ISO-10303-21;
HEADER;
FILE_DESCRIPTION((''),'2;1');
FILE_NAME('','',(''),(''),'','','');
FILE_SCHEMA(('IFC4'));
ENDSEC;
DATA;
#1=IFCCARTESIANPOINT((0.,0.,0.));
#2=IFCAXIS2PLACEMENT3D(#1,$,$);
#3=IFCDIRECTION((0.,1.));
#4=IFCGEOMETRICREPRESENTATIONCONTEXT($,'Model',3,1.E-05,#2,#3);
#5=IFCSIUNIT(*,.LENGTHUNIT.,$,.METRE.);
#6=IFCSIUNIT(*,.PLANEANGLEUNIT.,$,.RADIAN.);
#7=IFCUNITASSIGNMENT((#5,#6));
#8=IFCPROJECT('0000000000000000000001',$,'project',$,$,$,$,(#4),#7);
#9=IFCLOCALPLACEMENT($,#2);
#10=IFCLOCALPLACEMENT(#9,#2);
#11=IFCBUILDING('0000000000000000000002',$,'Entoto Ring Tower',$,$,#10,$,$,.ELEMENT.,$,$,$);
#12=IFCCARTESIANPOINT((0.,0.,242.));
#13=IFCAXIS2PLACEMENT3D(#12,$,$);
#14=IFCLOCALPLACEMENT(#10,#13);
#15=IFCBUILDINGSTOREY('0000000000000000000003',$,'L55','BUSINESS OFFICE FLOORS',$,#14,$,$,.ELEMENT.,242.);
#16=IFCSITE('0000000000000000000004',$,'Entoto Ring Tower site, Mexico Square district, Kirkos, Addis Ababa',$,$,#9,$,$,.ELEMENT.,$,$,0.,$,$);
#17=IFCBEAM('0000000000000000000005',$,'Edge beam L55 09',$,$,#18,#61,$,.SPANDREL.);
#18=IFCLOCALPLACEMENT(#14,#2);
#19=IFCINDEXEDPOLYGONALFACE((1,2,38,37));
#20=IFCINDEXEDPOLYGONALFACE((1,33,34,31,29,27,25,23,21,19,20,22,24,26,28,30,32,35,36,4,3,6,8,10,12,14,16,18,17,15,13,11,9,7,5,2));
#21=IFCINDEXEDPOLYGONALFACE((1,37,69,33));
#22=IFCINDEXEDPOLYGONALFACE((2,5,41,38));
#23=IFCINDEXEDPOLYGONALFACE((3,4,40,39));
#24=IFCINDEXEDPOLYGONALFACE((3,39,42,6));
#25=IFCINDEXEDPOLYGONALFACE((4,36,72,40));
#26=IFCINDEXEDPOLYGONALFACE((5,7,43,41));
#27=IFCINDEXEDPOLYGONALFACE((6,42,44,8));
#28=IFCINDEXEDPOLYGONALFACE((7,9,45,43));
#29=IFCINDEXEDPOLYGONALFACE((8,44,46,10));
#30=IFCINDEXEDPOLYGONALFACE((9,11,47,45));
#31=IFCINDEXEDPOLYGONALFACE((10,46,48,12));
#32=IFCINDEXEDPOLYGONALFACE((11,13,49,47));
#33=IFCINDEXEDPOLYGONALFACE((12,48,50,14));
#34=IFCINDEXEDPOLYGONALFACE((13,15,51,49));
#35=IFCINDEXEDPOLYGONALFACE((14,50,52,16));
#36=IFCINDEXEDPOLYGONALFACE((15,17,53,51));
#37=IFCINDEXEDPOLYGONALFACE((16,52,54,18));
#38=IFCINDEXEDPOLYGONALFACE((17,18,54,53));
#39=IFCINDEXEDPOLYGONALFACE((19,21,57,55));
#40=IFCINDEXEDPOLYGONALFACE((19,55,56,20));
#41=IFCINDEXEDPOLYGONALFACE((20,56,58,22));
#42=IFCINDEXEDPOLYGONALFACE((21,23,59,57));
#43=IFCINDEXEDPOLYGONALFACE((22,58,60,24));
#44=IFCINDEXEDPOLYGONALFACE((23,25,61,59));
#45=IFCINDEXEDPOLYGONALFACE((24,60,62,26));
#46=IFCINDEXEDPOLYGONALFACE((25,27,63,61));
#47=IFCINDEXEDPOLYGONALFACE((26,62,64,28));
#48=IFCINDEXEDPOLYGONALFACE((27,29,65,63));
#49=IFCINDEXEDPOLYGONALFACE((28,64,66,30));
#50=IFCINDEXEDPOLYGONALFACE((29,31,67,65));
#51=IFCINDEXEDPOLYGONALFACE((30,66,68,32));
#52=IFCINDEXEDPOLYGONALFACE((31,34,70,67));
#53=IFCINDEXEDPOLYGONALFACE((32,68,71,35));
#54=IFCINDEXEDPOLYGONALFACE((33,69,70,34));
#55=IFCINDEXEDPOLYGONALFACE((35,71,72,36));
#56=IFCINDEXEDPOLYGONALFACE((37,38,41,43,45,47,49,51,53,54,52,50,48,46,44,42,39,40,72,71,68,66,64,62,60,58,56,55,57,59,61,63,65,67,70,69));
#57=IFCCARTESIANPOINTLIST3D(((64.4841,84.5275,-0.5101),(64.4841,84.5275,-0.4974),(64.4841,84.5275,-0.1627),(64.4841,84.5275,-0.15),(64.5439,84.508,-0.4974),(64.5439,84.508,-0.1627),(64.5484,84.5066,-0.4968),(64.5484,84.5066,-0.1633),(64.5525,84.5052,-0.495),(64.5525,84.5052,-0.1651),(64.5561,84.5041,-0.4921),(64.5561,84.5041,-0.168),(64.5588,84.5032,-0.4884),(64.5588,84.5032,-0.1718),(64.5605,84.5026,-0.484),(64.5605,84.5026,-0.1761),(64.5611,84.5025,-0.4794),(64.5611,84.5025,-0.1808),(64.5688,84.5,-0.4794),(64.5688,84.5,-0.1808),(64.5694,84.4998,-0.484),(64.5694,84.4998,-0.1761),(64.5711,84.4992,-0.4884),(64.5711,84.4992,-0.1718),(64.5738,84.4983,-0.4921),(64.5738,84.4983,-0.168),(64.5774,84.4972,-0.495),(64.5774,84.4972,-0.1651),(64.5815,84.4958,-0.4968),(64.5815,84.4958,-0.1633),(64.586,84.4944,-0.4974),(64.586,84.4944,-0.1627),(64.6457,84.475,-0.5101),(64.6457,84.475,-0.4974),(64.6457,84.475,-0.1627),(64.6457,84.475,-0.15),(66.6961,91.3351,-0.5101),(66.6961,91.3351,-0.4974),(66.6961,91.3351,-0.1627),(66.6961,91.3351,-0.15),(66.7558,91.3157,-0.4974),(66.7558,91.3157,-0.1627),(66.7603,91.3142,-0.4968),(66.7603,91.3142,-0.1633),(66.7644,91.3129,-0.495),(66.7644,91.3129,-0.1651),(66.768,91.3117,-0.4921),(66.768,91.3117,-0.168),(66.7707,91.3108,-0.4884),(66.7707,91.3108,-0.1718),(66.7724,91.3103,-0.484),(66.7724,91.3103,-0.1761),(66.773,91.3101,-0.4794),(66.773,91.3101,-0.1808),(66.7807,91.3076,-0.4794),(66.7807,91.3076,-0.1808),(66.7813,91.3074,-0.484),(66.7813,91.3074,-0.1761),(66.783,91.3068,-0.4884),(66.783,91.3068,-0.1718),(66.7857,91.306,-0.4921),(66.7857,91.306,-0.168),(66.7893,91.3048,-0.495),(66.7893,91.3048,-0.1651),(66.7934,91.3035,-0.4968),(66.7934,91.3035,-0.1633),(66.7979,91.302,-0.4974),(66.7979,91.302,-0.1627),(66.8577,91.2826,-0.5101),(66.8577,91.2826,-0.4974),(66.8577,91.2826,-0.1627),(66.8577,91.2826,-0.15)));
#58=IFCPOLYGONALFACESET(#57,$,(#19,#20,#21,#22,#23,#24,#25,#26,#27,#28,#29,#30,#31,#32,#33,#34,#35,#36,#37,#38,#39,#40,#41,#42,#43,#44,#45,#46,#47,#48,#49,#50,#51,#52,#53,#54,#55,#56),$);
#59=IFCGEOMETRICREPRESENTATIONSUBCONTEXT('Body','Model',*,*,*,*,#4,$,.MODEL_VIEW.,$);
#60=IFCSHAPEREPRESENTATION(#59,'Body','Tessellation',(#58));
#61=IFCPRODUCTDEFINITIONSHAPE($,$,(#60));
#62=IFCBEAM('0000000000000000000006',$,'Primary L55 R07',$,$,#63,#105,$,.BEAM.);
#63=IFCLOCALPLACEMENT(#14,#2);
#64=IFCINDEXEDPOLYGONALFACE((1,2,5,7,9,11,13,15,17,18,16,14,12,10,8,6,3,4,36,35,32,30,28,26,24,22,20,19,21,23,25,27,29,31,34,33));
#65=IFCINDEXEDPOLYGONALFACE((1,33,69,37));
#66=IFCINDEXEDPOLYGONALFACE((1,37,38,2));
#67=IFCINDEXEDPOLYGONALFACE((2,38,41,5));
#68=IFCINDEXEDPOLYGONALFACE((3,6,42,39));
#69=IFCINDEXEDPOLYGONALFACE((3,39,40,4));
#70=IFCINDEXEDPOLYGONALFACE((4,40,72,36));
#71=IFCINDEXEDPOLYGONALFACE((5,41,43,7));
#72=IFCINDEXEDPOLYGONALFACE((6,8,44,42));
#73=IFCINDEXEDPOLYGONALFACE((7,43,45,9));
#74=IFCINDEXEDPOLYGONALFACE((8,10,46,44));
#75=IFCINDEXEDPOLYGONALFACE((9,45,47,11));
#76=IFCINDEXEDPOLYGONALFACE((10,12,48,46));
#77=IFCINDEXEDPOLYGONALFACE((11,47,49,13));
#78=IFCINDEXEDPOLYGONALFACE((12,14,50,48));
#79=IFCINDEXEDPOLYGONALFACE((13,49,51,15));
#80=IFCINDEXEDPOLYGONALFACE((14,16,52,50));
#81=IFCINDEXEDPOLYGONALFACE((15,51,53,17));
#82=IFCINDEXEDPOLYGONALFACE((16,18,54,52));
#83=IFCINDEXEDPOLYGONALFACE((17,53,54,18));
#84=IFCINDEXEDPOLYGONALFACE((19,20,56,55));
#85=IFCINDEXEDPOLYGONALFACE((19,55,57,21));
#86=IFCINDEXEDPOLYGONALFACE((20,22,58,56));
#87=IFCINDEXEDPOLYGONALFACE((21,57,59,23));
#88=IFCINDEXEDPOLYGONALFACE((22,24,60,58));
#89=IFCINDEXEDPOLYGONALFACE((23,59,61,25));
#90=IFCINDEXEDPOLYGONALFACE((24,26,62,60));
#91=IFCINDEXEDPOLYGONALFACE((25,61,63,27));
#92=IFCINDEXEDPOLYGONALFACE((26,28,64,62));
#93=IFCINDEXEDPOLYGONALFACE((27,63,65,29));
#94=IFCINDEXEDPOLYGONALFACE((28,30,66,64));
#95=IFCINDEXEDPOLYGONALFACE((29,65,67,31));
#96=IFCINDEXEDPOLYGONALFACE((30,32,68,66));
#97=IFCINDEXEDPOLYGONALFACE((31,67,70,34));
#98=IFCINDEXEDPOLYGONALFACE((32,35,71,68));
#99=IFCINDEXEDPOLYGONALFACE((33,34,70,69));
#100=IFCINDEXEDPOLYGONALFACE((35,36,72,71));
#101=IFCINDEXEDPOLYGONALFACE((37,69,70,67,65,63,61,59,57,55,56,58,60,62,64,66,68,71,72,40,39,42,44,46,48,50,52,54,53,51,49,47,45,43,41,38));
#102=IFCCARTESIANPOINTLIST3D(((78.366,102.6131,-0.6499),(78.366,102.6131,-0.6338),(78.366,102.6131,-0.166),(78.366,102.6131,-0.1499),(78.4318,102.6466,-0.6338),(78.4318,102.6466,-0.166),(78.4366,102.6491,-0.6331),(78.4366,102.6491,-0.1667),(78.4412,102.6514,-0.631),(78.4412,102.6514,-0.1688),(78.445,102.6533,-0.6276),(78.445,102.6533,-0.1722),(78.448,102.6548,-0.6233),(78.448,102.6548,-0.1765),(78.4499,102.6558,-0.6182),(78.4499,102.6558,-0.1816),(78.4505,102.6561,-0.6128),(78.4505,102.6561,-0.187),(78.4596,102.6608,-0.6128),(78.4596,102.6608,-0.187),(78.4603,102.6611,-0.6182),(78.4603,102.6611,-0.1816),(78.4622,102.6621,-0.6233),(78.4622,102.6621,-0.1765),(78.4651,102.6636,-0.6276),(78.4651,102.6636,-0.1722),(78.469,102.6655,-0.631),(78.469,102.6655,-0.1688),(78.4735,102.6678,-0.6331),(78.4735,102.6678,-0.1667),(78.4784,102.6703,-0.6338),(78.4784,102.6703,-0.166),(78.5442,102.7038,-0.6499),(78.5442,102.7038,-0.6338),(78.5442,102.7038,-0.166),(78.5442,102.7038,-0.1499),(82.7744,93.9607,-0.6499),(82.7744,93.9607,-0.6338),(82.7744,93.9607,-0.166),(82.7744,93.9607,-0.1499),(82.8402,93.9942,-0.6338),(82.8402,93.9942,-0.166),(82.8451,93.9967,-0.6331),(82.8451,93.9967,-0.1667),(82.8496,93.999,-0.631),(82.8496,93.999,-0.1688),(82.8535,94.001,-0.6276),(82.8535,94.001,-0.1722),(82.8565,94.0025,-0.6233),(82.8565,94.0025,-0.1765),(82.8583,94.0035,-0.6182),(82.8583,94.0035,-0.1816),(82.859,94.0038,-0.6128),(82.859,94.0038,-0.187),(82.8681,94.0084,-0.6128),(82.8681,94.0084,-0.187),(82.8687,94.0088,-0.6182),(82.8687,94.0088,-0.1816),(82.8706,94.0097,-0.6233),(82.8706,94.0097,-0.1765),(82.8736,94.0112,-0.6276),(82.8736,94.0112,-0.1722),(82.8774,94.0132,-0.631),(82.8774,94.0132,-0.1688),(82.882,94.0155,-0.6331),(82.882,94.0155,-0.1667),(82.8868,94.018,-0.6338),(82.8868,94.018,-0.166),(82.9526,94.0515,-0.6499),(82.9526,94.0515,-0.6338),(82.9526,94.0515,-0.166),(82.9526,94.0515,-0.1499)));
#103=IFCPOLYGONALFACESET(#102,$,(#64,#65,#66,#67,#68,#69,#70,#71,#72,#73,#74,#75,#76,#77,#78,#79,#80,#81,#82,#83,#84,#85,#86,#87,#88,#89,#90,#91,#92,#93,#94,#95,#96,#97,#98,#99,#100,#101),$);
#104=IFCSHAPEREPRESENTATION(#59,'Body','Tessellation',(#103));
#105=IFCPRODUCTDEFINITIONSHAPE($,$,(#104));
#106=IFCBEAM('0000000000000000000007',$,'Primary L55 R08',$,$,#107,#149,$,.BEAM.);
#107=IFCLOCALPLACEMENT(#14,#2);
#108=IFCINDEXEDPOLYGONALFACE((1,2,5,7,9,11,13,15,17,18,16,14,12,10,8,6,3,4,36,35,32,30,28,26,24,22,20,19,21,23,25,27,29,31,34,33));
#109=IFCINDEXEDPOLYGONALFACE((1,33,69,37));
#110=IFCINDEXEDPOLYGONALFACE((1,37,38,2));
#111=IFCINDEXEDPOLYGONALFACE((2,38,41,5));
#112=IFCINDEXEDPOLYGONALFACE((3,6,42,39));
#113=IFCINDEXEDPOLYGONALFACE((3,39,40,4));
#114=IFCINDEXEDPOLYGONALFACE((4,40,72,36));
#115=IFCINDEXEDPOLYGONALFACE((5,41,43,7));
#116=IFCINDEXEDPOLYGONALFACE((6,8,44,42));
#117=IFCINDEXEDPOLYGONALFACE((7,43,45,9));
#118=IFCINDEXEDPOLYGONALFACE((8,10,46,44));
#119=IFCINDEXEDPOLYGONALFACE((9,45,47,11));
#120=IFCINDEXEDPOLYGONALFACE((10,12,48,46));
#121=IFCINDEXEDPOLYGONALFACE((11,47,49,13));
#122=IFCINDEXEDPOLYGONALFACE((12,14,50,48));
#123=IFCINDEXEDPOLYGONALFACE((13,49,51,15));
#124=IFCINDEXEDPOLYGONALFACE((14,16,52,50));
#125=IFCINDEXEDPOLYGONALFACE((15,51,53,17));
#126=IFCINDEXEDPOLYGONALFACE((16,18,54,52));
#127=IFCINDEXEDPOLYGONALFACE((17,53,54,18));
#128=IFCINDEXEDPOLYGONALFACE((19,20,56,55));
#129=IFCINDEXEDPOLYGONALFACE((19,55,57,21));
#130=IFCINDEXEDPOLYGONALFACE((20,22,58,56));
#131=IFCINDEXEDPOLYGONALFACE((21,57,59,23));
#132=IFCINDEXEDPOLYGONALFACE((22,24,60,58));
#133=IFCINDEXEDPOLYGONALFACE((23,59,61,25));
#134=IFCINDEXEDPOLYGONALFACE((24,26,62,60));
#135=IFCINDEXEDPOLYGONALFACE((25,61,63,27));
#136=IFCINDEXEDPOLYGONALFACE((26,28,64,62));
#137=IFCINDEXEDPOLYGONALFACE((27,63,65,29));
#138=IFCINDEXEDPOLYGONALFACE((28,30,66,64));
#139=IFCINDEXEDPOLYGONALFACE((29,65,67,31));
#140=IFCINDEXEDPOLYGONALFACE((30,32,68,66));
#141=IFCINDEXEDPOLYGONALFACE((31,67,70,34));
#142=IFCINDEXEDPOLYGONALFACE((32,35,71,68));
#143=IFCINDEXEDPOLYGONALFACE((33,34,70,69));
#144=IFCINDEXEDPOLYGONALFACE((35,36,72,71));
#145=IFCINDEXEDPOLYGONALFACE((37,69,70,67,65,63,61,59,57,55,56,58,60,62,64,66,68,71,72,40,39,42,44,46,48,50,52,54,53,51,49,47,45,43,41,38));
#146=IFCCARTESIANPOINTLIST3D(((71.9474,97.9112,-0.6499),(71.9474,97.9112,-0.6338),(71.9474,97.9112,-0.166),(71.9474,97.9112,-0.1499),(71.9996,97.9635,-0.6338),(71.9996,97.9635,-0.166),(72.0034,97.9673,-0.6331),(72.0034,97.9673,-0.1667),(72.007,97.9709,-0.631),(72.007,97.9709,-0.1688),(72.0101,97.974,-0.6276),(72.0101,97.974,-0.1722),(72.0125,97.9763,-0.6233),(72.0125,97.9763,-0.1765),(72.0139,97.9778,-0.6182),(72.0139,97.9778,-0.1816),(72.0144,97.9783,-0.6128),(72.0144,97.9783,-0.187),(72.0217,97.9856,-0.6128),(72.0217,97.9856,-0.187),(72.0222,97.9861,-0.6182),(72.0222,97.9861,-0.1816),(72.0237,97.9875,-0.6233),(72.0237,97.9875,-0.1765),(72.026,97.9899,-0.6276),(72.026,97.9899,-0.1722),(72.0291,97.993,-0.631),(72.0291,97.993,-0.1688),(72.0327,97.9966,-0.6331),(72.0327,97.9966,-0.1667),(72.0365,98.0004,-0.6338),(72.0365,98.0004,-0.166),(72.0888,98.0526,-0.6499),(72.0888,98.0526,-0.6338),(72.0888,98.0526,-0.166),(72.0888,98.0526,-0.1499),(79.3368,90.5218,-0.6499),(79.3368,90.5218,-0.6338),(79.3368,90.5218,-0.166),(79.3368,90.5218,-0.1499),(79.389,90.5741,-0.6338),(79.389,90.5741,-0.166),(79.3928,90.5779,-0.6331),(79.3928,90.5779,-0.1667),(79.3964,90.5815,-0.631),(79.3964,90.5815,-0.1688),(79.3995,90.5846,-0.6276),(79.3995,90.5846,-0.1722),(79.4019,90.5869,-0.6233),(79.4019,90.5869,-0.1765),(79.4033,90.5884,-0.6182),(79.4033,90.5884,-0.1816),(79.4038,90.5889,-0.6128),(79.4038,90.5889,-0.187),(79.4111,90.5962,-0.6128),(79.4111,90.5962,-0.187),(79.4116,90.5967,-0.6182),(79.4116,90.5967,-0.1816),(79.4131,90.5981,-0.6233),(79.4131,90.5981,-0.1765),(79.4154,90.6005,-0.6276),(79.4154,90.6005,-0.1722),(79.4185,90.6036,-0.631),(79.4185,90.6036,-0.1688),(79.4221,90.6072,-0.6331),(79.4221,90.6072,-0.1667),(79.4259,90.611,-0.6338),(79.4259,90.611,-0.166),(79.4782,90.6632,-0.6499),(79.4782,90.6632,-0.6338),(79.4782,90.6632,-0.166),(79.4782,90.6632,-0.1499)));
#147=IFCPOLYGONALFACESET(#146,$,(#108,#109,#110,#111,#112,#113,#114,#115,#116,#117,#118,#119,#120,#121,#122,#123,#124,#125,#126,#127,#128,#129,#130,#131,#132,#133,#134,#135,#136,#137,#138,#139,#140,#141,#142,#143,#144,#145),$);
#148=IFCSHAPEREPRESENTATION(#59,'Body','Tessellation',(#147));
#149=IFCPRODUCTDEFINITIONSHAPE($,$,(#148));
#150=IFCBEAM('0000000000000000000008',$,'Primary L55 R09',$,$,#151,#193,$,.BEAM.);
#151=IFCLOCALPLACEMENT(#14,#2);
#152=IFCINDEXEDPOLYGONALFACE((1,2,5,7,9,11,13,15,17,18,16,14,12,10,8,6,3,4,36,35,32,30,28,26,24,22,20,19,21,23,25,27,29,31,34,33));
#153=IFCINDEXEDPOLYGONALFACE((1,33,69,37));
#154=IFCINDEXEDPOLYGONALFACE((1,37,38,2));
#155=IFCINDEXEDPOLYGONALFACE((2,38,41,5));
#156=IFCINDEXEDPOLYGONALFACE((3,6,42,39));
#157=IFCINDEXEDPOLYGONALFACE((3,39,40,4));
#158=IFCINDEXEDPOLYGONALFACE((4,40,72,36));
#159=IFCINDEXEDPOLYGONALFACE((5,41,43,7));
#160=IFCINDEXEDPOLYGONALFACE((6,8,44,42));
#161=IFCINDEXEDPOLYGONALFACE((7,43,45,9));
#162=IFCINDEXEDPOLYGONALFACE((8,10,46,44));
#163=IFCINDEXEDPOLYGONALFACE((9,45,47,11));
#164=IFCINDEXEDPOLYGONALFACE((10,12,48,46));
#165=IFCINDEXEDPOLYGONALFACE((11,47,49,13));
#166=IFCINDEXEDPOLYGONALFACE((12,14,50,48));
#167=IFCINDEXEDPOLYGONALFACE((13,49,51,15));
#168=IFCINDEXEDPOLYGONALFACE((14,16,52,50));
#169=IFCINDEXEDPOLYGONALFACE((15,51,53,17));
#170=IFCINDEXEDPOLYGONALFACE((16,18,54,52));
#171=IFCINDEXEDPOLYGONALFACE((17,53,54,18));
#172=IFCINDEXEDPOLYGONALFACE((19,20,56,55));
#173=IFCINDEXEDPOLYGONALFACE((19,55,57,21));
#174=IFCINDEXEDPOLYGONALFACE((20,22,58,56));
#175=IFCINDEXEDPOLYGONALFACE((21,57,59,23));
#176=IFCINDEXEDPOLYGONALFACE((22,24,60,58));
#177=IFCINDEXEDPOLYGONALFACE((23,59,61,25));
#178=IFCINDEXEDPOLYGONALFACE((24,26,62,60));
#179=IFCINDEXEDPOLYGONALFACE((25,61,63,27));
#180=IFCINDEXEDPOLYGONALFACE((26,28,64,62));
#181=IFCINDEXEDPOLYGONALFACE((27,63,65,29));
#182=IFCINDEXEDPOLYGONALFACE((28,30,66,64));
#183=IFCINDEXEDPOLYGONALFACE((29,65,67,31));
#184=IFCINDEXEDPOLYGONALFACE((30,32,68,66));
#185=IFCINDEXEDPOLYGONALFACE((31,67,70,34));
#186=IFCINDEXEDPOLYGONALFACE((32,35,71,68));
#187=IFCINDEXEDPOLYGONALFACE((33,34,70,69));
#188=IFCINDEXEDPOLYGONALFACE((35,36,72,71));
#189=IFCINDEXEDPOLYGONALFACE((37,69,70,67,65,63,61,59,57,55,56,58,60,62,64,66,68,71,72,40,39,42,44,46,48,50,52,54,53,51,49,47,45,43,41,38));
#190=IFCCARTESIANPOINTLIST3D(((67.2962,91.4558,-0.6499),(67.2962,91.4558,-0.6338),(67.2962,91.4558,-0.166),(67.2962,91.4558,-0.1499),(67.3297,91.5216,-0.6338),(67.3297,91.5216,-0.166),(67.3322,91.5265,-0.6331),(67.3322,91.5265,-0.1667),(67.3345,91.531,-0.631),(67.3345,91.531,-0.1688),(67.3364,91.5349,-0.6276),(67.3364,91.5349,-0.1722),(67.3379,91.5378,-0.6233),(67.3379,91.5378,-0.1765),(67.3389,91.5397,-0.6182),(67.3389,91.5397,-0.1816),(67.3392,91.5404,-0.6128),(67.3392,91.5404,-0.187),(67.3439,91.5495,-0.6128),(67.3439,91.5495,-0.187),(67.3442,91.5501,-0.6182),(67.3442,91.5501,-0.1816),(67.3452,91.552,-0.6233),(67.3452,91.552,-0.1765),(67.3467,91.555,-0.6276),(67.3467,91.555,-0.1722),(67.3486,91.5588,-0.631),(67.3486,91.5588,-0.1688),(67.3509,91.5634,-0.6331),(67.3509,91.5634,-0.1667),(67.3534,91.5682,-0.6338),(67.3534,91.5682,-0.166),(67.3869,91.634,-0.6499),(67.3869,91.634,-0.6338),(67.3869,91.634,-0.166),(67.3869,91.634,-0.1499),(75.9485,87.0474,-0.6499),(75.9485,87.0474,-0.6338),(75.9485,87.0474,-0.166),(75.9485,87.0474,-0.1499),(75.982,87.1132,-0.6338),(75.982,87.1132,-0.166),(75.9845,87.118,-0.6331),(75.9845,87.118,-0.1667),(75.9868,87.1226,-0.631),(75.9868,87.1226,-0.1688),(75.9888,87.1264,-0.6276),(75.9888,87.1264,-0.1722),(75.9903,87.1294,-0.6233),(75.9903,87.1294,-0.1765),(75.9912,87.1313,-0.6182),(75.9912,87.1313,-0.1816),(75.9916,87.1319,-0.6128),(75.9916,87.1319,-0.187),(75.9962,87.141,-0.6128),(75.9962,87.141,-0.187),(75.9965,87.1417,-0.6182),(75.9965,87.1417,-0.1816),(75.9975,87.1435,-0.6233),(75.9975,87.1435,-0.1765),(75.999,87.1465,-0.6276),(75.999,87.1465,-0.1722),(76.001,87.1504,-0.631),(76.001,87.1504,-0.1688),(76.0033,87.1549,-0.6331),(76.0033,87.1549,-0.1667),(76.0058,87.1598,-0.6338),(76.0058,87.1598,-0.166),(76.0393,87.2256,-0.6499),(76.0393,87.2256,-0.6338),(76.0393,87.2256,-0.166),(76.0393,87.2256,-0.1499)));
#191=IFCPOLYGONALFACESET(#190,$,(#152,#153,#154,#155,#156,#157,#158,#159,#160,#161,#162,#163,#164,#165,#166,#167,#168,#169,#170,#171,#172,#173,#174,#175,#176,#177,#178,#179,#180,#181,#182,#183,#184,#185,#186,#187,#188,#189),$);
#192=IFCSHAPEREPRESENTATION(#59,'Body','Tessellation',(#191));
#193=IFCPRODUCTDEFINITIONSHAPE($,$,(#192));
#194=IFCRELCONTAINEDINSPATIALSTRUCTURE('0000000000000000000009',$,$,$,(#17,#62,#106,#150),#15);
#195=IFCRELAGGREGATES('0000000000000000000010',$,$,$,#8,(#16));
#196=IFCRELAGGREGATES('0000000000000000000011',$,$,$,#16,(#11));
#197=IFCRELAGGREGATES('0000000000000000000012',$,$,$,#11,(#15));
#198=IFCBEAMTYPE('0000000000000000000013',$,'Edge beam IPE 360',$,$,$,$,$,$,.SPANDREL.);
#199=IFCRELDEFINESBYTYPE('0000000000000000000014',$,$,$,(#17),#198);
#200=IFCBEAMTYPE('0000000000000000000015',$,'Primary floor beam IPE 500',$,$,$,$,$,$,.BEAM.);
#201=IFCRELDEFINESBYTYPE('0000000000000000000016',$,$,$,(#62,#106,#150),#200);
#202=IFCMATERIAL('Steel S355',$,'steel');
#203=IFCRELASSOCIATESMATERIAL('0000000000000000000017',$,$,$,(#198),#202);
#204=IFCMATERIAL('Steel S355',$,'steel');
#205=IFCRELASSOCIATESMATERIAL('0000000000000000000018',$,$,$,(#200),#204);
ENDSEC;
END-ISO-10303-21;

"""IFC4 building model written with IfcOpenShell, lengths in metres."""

from ifc_helpers import new_model, si_unit, direction, frame, origin, origin_2d, place, context, subcontext, project, spatial, i_section, extrude, material, material_profile, profile_set, type_object, element, save


model = new_model("IFC4")

# Units and contexts
model_context = context("Model", 3, precision=1e-05, world=origin(), true_north=direction((0.0, 1.0)))
body_context = subcontext(model_context, "Body", "Model", "MODEL_VIEW")
ifc_project = project(units=[si_unit("LENGTHUNIT", "METRE"), si_unit("PLANEANGLEUNIT", "RADIAN")], contexts=[model_context])

# Site, building, storey
site_placement = place(None, origin())
site = spatial("IfcSite", under=ifc_project, at=site_placement, Name="Entoto Ring Tower site, Mexico Square district, Kirkos, Addis Ababa", CompositionType="ELEMENT", RefElevation=0.0)
building_placement = place(site_placement, origin())
building = spatial("IfcBuilding", under=site, at=building_placement, Name="Entoto Ring Tower", CompositionType="ELEMENT")
storey_placement = place(building_placement, frame((0.0, 0.0, 242.0)))
storey = spatial("IfcBuildingStorey", under=building, at=storey_placement, Name="L55", Description="BUSINESS OFFICE FLOORS", CompositionType="ELEMENT", Elevation=242.0)

# Beams
ifc_material_1 = material(Name="Steel S355", Category="steel")
ifc_material_profile_1 = material_profile(ifc_material_1, i_section(OverallWidth=0.1699, OverallDepth=0.3601, WebThickness=0.0081, FlangeThickness=0.0127, FilletRadius=0.0181, at=origin_2d()), Name="IPE 360")
ifc_profile_set_1 = profile_set([ifc_material_profile_1], Name="Steel S355")
beam_type_1 = type_object("IfcBeamType", Name="Edge beam IPE 360", PredefinedType="SPANDREL", material=ifc_profile_set_1)
beam_1_placement = place(storey_placement, frame((66.7769, 91.3088, -0.3301), z_axis=(-0.309015, -0.951057, 0.0), x_axis=(0.951057, -0.309015, 0.0)))
element("IfcBeam", 1, at=beam_1_placement, inside=storey, type_object=beam_type_1, Name="Edge beam L55 09", PredefinedType="SPANDREL", context=body_context, shape_type="SweptSolid", body=[
    extrude(i_section(OverallWidth=0.1699, OverallDepth=0.3601, WebThickness=0.0081, FlangeThickness=0.0127, FilletRadius=0.0181, at=origin_2d()), origin(), (0.0, 0.0, 1.0), 7.158),
])
ifc_material_2 = material(Name="Steel S355", Category="steel")
ifc_material_profile_2 = material_profile(ifc_material_2, i_section(OverallWidth=0.2, OverallDepth=0.5, WebThickness=0.0103, FlangeThickness=0.0161, FilletRadius=0.021, at=origin_2d()), Name="IPE 500")
ifc_profile_set_2 = profile_set([ifc_material_profile_2], Name="Steel S355")
beam_type_2 = type_object("IfcBeamType", Name="Primary floor beam IPE 500", PredefinedType="BEAM", material=ifc_profile_set_2)
beam_2_placement = place(storey_placement, frame((82.8635, 94.0061, -0.3999), z_axis=(-0.453979, 0.891012, 0.0), x_axis=(-0.891012, -0.453979, 0.0)))
element("IfcBeam", 2, at=beam_2_placement, inside=storey, type_object=beam_type_2, Name="Primary L55 R07", PredefinedType="BEAM", context=body_context, shape_type="SweptSolid", body=[
    extrude(i_section(OverallWidth=0.2, OverallDepth=0.5, WebThickness=0.0103, FlangeThickness=0.0161, FilletRadius=0.021, at=origin_2d()), origin(), (0.0, 0.0, 1.0), 9.7107),
])
beam_3_placement = place(storey_placement, frame((79.4075, 90.5925, -0.3999), z_axis=(-0.707107, 0.707107, 0.0), x_axis=(-0.707107, -0.707107, 0.0)))
element("IfcBeam", 3, at=beam_3_placement, inside=storey, type_object=beam_type_2, Name="Primary L55 R08", PredefinedType="BEAM", context=body_context, shape_type="SweptSolid", body=[
    extrude(i_section(OverallWidth=0.2, OverallDepth=0.5, WebThickness=0.0103, FlangeThickness=0.0161, FilletRadius=0.021, at=origin_2d()), origin(), (0.0, 0.0, 1.0), 10.4502),
])
beam_4_placement = place(storey_placement, frame((75.9939, 87.1365, -0.3999), z_axis=(-0.891012, 0.453979, 0.0), x_axis=(-0.453979, -0.891012, 0.0)))
element("IfcBeam", 4, at=beam_4_placement, inside=storey, type_object=beam_type_2, Name="Primary L55 R09", PredefinedType="BEAM", context=body_context, shape_type="SweptSolid", body=[
    extrude(i_section(OverallWidth=0.2, OverallDepth=0.5, WebThickness=0.0103, FlangeThickness=0.0161, FilletRadius=0.021, at=origin_2d()), origin(), (0.0, 0.0, 1.0), 9.7107),
])

save(model, "model.ifc")
